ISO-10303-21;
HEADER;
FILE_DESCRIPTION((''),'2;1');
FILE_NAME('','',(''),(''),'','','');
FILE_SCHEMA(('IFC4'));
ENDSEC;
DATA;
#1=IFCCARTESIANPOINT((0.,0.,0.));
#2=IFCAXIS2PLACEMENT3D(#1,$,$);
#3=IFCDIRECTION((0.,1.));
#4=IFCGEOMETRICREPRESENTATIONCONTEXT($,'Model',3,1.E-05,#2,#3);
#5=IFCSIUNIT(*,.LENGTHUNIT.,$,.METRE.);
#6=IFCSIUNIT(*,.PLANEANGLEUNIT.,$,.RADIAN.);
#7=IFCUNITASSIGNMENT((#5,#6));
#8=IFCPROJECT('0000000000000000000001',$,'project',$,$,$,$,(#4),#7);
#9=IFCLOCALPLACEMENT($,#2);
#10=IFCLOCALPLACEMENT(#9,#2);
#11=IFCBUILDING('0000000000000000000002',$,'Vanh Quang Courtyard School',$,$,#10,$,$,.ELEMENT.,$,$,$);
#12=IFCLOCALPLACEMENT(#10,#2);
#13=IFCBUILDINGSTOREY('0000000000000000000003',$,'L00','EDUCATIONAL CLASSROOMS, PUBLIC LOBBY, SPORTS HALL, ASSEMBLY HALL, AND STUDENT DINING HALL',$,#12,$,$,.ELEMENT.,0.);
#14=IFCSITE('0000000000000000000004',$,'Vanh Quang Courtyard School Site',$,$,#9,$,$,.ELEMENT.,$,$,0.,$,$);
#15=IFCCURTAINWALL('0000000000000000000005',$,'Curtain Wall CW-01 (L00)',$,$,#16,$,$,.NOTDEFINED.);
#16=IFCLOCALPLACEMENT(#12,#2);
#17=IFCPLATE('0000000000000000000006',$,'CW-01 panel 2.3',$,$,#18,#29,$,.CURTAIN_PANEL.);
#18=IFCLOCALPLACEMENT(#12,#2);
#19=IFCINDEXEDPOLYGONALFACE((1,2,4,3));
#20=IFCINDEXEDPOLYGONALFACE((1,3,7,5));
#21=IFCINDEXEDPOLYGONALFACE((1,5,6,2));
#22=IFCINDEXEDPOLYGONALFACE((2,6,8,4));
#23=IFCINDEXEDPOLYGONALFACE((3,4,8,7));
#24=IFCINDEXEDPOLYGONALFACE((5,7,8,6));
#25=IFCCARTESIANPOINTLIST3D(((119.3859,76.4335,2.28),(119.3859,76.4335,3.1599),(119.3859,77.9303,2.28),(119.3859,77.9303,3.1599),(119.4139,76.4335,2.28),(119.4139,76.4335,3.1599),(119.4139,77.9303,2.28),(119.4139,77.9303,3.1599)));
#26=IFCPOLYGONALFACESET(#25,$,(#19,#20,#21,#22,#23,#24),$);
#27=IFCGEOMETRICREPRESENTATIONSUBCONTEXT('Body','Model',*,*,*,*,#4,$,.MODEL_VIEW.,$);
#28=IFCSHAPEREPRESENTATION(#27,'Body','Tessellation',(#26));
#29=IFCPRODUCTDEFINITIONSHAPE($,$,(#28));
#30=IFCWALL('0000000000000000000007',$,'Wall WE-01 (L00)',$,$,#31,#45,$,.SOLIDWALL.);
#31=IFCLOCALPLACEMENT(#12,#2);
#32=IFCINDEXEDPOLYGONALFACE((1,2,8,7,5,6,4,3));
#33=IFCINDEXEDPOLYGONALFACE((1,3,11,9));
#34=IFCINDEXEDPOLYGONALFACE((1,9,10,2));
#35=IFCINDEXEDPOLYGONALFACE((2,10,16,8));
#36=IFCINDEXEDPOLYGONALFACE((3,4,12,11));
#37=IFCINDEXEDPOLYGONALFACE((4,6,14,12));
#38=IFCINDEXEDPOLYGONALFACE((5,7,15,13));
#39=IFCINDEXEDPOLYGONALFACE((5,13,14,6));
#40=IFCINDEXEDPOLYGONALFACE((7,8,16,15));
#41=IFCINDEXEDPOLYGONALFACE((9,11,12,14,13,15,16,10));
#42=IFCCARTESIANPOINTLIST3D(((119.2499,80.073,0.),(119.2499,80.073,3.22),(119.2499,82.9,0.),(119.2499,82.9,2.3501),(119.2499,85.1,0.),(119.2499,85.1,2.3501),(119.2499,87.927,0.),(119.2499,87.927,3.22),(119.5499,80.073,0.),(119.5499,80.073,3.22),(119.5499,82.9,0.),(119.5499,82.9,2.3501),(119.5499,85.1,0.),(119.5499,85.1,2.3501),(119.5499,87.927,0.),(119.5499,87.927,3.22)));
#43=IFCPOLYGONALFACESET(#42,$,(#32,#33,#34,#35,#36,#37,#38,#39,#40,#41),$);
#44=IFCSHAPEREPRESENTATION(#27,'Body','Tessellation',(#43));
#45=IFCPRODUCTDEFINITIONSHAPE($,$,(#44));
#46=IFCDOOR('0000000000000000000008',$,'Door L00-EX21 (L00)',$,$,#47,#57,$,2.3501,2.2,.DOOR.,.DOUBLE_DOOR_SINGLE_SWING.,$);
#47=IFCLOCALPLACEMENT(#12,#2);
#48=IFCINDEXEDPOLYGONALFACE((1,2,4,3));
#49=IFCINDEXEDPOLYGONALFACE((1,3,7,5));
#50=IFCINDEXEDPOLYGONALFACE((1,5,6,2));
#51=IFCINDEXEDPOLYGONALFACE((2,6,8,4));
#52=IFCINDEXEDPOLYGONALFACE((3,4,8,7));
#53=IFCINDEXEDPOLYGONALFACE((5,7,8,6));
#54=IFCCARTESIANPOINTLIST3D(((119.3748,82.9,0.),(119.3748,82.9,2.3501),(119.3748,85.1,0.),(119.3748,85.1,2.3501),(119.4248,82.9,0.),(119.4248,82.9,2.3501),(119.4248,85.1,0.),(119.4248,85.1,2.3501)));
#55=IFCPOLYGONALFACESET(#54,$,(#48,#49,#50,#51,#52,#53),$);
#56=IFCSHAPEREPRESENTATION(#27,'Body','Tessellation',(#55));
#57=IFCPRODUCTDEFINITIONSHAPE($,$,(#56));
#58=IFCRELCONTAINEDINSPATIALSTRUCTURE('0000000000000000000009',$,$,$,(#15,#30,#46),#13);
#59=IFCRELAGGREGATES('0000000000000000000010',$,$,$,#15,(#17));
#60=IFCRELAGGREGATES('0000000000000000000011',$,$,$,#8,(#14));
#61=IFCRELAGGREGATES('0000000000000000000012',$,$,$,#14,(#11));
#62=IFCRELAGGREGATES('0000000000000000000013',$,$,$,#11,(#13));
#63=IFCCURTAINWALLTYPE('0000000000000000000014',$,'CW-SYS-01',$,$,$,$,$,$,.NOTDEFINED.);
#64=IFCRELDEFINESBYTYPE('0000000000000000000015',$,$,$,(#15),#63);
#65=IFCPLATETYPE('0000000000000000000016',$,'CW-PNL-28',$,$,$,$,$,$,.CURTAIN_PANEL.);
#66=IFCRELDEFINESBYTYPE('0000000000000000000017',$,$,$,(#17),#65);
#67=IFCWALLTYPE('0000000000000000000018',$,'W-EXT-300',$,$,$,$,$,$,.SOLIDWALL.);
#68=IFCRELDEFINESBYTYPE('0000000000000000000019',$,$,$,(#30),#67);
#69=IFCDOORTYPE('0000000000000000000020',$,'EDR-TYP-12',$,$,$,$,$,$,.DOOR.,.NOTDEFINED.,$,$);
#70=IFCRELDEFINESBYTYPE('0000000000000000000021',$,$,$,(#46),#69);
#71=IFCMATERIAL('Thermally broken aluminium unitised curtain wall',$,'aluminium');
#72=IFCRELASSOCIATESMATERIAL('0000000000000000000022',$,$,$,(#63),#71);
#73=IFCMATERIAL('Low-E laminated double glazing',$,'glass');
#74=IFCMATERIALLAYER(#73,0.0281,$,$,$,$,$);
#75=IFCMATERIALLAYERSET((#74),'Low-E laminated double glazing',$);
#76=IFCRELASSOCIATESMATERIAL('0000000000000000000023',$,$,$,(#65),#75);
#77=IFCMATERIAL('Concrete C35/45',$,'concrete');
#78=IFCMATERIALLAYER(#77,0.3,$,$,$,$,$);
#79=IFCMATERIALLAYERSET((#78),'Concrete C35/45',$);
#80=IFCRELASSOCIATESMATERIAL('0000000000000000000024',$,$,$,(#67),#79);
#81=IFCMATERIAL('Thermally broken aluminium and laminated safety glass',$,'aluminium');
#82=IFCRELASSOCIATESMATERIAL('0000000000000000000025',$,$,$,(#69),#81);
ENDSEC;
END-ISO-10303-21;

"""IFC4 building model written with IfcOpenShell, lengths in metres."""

from ifc_helpers import new_model, si_unit, direction, frame, frame_2d, origin, origin_2d, place, context, subcontext, project, spatial, rectangle, extrude, material, layer, layer_set, type_object, element, fill, aggregate, save


model = new_model("IFC4")

# Units and contexts
model_context = context("Model", 3, precision=1e-05, world=origin(), true_north=direction((0.0, 1.0)))
body_context = subcontext(model_context, "Body", "Model", "MODEL_VIEW")
ifc_project = project(units=[si_unit("LENGTHUNIT", "METRE"), si_unit("PLANEANGLEUNIT", "RADIAN")], contexts=[model_context])

# Site, building, storey
site_placement = place(None, origin())
site = spatial("IfcSite", under=ifc_project, at=site_placement, Name="Vanh Quang Courtyard School Site", CompositionType="ELEMENT", RefElevation=0.0)
building_placement = place(site_placement, origin())
building = spatial("IfcBuilding", under=site, at=building_placement, Name="Vanh Quang Courtyard School", CompositionType="ELEMENT")
storey_placement = place(building_placement, origin())
storey = spatial("IfcBuildingStorey", under=building, at=storey_placement, Name="L00", Description="EDUCATIONAL CLASSROOMS, PUBLIC LOBBY, SPORTS HALL, ASSEMBLY HALL, AND STUDENT DINING HALL", CompositionType="ELEMENT", Elevation=0.0)

# Shared definitions
ifc_material_1 = material(Name="Concrete C35/45", Category="concrete")

# Curtain wall, plate
ifc_material_2 = material(Name="Thermally broken aluminium unitised curtain wall", Category="aluminium")
curtain_wall_type = type_object("IfcCurtainWallType", Name="CW-SYS-01", PredefinedType="NOTDEFINED", material=ifc_material_2)
curtain_wall_placement = place(storey_placement, origin())
curtain_wall = element("IfcCurtainWall", 1, at=curtain_wall_placement, inside=storey, type_object=curtain_wall_type, Name="Curtain Wall CW-01 (L00)", PredefinedType="NOTDEFINED")
ifc_material_3 = material(Name="Low-E laminated double glazing", Category="glass")
ifc_layer_1 = layer(ifc_material_3, 0.0281)
ifc_layer_set_1 = layer_set([ifc_layer_1], Name="Low-E laminated double glazing")
plate_type = type_object("IfcPlateType", Name="CW-PNL-28", PredefinedType="CURTAIN_PANEL", material=ifc_layer_set_1)
plate_1_placement = place(storey_placement, frame((119.3999, 77.1819, 2.28), z_axis=(0.0, 0.0, 1.0), x_axis=(0.0, -1.0, 0.0)))
plate_1 = element("IfcPlate", 2, at=plate_1_placement, type_object=plate_type, Name="CW-01 panel 2.3", PredefinedType="CURTAIN_PANEL", context=body_context, shape_type="SweptSolid", body=[
    extrude(rectangle(XDim=1.4968, YDim=0.0281, at=origin_2d()), origin(), (0.0, 0.0, 1.0), 0.8799),
])
aggregate(curtain_wall, [plate_1])

# Wall, opening, door
ifc_layer_2 = layer(ifc_material_1, 0.3)
ifc_layer_set_2 = layer_set([ifc_layer_2], Name="Concrete C35/45")
wall_type = type_object("IfcWallType", Name="W-EXT-300", PredefinedType="SOLIDWALL", material=ifc_layer_set_2)
wall_placement = place(storey_placement, frame((119.3999, 87.927, 0.0), z_axis=(0.0, 0.0, 1.0), x_axis=(0.0, -1.0, 0.0)))
wall = element("IfcWall", 3, at=wall_placement, inside=storey, type_object=wall_type, Name="Wall WE-01 (L00)", PredefinedType="SOLIDWALL", context=body_context, shape_type="SweptSolid", body=[
    extrude(rectangle(XDim=7.854, YDim=0.3, at=frame_2d((3.927, 0.0))), origin(), (0.0, 0.0, 1.0), 3.22),
])
opening_placement = place(wall_placement, frame((2.8269, 0.0, 0.0)))
opening = element("IfcOpeningElement", 4, at=opening_placement, cuts=wall, PredefinedType="OPENING", context=body_context, shape_type="SweptSolid", body=[
    extrude(rectangle(XDim=2.2, YDim=2.3501, at=frame_2d((1.1001, 1.175))), frame((0.0, 0.1602, 0.0), z_axis=(0.0, -1.0, 0.0), x_axis=(1.0, 0.0, 0.0)), (0.0, 0.0, 1.0), 0.3201),
])
ifc_material_4 = material(Name="Thermally broken aluminium and laminated safety glass", Category="aluminium")
door_type = type_object("IfcDoorType", Name="EDR-TYP-12", OperationType="NOTDEFINED", PredefinedType="DOOR", material=ifc_material_4)
door_placement = place(opening_placement, origin())
door = element("IfcDoor", 5, at=door_placement, inside=storey, type_object=door_type, Name="Door L00-EX21 (L00)", OperationType="DOUBLE_DOOR_SINGLE_SWING", OverallHeight=2.3501, OverallWidth=2.2, PredefinedType="DOOR", context=body_context, shape_type="SweptSolid", body=[
    extrude(rectangle(XDim=2.2, YDim=2.3501, at=frame_2d((1.1001, 1.175))), frame((0.0, 0.0249, 0.0), z_axis=(0.0, -1.0, 0.0), x_axis=(1.0, 0.0, 0.0)), (0.0, 0.0, 1.0), 0.05),
])
fill(opening, door)

save(model, "model.ifc")
